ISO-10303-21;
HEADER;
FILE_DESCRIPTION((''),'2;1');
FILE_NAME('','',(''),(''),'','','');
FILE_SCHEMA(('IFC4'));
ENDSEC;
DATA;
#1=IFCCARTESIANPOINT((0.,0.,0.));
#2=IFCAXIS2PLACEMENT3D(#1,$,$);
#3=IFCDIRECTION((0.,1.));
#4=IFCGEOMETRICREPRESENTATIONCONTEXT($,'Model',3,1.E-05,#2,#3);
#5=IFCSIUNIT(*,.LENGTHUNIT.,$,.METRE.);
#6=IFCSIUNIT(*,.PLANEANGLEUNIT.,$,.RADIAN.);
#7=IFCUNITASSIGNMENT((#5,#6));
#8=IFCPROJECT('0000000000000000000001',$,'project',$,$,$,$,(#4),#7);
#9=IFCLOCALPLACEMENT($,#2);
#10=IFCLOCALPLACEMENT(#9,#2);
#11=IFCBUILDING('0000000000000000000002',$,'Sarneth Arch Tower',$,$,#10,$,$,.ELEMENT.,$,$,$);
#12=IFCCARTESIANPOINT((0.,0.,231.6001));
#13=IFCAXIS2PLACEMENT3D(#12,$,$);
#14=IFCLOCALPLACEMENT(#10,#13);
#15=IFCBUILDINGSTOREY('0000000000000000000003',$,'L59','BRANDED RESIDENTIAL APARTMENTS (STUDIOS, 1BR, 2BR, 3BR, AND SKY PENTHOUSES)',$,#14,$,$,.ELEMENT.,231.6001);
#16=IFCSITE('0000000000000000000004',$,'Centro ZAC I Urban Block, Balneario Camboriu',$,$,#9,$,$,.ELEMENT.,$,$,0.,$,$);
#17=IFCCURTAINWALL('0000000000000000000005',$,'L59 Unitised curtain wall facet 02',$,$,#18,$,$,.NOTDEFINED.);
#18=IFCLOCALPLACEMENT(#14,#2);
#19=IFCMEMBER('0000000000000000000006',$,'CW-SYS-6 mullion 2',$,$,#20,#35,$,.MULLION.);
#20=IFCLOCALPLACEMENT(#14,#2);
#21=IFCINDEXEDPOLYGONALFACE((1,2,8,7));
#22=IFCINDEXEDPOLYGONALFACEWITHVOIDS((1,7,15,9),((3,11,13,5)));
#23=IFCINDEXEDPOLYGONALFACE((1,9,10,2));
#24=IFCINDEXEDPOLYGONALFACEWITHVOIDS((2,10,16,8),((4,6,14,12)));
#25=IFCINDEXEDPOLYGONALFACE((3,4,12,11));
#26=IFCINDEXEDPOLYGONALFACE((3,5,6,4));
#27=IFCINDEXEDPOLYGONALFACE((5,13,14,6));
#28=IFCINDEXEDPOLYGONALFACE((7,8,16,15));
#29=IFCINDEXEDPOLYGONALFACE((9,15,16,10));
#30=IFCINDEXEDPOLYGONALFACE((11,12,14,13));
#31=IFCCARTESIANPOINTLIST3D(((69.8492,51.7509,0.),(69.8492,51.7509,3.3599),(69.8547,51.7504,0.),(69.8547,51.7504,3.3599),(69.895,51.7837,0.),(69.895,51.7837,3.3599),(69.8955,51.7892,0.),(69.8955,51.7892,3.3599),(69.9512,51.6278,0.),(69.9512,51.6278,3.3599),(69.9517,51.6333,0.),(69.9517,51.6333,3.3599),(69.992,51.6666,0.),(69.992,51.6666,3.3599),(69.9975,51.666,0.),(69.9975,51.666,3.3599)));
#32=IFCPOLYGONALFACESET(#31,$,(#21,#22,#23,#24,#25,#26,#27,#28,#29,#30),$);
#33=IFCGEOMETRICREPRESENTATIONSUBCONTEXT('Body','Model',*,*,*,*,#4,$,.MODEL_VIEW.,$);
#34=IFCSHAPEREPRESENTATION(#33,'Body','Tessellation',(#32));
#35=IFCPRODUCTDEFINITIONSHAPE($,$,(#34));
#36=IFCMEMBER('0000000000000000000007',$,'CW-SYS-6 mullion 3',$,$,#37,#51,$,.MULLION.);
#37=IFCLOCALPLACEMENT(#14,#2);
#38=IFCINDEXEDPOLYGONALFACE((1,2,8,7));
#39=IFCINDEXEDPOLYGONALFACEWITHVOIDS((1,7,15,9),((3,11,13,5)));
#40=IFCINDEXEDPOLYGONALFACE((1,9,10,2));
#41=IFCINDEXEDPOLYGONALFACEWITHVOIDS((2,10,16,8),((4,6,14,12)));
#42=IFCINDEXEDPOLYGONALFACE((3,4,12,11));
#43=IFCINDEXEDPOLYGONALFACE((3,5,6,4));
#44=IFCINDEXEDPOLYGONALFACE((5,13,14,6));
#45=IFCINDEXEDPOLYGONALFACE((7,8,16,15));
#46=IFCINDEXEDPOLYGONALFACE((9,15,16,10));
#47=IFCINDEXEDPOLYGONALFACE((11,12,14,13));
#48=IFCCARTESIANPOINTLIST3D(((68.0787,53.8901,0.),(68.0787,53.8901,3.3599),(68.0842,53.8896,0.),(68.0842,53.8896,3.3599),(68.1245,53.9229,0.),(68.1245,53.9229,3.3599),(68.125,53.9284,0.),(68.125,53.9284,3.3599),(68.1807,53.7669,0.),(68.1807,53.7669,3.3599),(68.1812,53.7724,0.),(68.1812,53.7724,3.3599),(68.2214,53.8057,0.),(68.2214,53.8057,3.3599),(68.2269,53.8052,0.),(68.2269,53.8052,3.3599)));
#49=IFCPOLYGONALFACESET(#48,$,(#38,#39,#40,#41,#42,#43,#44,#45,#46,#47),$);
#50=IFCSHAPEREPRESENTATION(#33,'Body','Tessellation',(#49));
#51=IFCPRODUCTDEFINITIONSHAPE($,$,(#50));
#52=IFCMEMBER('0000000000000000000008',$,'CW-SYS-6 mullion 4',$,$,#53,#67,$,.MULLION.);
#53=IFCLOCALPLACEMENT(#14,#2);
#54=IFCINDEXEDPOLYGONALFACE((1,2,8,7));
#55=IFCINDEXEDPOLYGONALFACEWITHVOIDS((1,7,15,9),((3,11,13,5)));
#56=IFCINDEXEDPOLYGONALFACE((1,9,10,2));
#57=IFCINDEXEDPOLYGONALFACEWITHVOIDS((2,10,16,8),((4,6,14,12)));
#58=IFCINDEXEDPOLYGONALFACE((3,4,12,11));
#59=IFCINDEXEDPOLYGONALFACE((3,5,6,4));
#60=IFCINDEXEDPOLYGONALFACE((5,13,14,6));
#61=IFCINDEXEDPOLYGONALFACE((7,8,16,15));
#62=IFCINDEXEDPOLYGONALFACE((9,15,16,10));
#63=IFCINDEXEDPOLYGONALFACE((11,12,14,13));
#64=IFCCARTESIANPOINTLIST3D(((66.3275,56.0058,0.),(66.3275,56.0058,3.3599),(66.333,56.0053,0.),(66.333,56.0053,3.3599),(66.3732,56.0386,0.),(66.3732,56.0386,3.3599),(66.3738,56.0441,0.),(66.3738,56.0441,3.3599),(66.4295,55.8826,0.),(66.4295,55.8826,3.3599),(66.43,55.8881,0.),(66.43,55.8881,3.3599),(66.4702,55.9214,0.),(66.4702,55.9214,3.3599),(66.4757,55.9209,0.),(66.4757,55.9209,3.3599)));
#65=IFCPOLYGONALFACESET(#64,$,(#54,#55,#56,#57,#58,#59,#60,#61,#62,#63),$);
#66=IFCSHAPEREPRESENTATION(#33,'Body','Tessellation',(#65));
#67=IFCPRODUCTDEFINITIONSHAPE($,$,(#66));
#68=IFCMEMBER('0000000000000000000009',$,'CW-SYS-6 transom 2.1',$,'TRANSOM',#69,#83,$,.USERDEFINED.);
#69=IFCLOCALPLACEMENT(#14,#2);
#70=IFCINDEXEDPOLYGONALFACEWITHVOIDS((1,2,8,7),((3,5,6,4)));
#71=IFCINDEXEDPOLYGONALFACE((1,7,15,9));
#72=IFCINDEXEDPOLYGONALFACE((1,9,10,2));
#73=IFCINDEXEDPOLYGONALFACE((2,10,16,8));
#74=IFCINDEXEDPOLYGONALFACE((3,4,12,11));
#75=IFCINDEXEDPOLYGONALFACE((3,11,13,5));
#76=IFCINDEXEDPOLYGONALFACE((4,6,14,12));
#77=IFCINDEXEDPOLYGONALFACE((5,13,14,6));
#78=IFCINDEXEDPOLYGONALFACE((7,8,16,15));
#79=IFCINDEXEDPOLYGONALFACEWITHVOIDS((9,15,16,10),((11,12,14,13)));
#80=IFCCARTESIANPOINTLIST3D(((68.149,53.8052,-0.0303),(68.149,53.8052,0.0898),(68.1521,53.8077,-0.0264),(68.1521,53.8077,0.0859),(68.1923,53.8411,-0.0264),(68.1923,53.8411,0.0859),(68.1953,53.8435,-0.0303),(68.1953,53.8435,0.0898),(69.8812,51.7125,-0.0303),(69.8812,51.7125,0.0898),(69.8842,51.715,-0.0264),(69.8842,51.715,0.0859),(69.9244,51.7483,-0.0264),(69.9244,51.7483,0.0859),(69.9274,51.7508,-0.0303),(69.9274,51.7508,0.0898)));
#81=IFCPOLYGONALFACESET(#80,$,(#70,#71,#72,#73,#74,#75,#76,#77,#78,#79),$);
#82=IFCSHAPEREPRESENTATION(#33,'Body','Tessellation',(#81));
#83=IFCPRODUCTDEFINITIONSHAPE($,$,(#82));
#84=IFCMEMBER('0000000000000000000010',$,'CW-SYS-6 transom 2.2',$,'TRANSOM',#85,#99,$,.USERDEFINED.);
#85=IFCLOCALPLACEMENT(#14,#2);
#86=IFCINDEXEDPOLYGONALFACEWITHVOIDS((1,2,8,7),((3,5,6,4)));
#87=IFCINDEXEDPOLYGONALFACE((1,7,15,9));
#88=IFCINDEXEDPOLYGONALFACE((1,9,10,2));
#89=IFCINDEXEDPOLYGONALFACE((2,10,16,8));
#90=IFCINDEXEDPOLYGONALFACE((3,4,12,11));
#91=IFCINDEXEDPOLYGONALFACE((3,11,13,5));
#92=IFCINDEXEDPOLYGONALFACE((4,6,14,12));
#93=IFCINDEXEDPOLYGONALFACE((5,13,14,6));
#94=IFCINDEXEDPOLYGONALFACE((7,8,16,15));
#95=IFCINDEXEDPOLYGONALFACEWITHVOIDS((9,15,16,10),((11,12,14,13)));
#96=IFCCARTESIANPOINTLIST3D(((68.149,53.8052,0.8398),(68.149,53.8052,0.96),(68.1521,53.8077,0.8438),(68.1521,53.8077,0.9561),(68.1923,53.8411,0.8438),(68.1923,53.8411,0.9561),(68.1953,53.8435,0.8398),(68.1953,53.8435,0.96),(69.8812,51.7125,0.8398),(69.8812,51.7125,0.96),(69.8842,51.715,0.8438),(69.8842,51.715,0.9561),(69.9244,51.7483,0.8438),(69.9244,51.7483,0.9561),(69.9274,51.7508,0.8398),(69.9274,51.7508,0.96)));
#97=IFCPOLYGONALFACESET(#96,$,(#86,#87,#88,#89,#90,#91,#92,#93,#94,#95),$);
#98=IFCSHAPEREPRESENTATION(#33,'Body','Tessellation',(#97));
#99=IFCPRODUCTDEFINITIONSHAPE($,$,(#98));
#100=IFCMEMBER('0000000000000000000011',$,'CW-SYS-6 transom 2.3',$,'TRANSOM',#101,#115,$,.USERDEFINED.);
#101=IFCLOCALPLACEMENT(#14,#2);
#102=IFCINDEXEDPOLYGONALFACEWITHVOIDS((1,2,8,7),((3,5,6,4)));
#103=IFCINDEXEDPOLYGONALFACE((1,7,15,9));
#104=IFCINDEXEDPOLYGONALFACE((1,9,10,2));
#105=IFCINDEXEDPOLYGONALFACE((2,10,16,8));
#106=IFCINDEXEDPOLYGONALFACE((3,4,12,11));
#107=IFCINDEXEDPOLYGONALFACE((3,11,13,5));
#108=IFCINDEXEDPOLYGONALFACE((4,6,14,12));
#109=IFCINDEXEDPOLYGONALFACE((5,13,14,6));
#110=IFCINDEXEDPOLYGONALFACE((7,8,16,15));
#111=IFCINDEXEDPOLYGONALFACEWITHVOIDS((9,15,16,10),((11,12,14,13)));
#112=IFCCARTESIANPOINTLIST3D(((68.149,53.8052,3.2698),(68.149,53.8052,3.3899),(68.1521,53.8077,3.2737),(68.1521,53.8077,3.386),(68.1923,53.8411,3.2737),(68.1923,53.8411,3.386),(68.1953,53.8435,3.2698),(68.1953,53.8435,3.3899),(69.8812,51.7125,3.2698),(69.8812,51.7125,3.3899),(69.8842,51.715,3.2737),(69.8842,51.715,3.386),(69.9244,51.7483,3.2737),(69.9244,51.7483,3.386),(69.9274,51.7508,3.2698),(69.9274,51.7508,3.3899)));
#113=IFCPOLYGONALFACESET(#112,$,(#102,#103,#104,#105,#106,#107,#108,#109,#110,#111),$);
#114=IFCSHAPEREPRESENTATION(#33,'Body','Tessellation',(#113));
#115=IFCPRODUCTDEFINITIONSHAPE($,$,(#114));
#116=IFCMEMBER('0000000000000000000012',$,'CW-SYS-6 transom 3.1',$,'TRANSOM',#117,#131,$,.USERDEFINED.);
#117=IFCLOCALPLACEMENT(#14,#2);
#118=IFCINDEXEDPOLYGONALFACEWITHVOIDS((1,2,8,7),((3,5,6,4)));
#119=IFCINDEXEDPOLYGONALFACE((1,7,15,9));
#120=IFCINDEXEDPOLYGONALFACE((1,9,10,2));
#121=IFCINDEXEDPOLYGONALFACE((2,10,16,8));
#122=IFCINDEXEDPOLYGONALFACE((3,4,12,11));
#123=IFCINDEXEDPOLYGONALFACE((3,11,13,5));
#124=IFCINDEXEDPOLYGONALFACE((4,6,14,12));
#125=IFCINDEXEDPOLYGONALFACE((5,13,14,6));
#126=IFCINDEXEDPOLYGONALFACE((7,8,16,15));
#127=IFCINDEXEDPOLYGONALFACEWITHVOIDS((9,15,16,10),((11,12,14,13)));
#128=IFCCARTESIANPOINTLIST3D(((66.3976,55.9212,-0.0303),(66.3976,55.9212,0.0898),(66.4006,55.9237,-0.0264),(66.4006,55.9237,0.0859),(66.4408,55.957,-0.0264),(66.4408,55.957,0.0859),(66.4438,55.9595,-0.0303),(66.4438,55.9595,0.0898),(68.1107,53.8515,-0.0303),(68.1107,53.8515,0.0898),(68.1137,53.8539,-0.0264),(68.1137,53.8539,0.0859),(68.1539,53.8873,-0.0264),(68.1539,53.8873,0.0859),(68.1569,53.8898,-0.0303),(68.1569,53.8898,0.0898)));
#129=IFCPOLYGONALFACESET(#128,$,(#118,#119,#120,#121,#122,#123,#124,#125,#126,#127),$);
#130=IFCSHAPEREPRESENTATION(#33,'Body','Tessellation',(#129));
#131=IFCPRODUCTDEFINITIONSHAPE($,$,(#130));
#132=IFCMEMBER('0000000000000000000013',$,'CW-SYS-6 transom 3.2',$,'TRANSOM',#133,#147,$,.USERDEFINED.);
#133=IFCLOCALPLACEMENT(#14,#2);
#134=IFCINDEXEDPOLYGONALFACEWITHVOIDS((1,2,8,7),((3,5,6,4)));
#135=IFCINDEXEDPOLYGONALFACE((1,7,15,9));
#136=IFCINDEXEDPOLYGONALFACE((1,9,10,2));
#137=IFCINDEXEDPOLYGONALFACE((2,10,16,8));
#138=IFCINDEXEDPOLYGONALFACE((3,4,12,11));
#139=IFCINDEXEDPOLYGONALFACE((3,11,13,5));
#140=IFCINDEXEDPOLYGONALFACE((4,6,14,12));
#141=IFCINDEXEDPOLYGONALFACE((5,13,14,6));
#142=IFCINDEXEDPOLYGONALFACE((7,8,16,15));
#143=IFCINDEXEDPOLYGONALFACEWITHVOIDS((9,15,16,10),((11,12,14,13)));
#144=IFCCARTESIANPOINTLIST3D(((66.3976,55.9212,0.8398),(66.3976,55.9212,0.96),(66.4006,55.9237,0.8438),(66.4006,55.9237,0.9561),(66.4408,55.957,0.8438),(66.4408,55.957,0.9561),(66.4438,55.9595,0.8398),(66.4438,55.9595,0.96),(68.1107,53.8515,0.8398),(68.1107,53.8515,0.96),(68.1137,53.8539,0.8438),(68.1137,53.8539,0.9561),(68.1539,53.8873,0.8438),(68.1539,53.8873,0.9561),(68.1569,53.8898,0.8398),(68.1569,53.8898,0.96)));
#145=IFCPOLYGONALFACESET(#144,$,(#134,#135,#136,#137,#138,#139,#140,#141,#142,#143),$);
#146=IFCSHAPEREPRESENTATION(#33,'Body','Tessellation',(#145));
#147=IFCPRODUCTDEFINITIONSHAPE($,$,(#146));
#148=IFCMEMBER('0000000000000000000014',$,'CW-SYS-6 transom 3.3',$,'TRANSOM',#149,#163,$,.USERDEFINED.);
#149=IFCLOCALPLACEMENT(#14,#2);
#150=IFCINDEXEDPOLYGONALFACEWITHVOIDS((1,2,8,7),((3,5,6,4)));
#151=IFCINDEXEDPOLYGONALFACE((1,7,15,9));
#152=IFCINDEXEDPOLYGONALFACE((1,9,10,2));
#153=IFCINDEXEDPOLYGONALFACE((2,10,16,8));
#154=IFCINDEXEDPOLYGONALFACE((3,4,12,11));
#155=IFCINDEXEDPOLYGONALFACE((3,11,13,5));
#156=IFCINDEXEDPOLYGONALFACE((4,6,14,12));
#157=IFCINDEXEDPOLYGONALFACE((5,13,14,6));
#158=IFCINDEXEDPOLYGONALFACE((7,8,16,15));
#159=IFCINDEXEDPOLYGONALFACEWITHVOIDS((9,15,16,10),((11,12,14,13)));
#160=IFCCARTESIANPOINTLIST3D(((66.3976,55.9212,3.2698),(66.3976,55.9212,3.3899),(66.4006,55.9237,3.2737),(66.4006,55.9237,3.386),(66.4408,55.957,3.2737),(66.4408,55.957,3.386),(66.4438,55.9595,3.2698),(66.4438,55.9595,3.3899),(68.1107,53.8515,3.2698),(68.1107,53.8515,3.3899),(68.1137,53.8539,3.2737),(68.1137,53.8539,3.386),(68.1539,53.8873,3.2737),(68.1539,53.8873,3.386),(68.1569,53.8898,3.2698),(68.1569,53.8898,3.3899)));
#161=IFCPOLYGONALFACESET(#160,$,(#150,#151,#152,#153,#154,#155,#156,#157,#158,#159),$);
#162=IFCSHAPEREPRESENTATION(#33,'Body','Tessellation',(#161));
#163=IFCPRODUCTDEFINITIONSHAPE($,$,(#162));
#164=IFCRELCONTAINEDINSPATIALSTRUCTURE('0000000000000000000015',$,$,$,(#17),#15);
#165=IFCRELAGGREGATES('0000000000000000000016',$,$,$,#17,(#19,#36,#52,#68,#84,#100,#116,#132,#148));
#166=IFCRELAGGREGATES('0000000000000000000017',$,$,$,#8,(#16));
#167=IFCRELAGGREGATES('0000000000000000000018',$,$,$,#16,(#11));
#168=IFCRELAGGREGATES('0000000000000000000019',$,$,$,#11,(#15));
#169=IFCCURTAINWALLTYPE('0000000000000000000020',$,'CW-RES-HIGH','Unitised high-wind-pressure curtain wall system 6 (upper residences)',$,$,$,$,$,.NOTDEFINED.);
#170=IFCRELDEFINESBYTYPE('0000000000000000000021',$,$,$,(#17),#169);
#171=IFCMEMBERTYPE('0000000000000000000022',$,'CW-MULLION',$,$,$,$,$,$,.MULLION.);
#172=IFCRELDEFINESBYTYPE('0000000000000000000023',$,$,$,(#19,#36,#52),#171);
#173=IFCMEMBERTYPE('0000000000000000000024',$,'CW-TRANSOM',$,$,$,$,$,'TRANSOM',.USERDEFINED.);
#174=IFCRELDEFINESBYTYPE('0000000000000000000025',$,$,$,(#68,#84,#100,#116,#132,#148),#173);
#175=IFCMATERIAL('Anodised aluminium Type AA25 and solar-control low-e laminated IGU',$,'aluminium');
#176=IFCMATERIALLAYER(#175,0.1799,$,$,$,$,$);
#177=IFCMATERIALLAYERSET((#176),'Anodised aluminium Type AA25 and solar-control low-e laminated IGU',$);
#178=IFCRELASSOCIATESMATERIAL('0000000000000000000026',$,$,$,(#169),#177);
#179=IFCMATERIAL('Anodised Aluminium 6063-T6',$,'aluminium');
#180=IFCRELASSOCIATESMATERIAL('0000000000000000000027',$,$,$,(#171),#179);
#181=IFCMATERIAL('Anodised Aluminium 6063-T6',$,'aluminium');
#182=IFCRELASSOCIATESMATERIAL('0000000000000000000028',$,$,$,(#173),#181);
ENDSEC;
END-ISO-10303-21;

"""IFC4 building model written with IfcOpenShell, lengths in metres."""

from ifc_helpers import new_model, si_unit, direction, frame, origin, origin_2d, place, context, subcontext, project, spatial, hollow_rectangle, extrude, material, layer, layer_set, material_profile, profile_set, type_object, element, aggregate, save


model = new_model("IFC4")

# Units and contexts
model_context = context("Model", 3, precision=1e-05, world=origin(), true_north=direction((0.0, 1.0)))
body_context = subcontext(model_context, "Body", "Model", "MODEL_VIEW")
ifc_project = project(units=[si_unit("LENGTHUNIT", "METRE"), si_unit("PLANEANGLEUNIT", "RADIAN")], contexts=[model_context])

# Site, building, storey
site_placement = place(None, origin())
site = spatial("IfcSite", under=ifc_project, at=site_placement, Name="Centro ZAC I Urban Block, Balneario Camboriu", CompositionType="ELEMENT", RefElevation=0.0)
building_placement = place(site_placement, origin())
building = spatial("IfcBuilding", under=site, at=building_placement, Name="Sarneth Arch Tower", CompositionType="ELEMENT")
storey_placement = place(building_placement, frame((0.0, 0.0, 231.6001)))
storey = spatial("IfcBuildingStorey", under=building, at=storey_placement, Name="L59", Description="BRANDED RESIDENTIAL APARTMENTS (STUDIOS, 1BR, 2BR, 3BR, AND SKY PENTHOUSES)", CompositionType="ELEMENT", Elevation=231.6001)

# Curtain wall, members
ifc_material_1 = material(Name="Anodised aluminium Type AA25 and solar-control low-e laminated IGU", Category="aluminium")
ifc_layer_1 = layer(ifc_material_1, 0.1799)
ifc_layer_set_1 = layer_set([ifc_layer_1], Name="Anodised aluminium Type AA25 and solar-control low-e laminated IGU")
curtain_wall_type = type_object("IfcCurtainWallType", Name="CW-RES-HIGH", Description="Unitised high-wind-pressure curtain wall system 6 (upper residences)", PredefinedType="NOTDEFINED", material=ifc_layer_set_1)
curtain_wall_placement = place(storey_placement, origin())
curtain_wall = element("IfcCurtainWall", 1, at=curtain_wall_placement, inside=storey, type_object=curtain_wall_type, Name="L59 Unitised curtain wall facet 02", PredefinedType="NOTDEFINED")
ifc_material_2 = material(Name="Anodised Aluminium 6063-T6", Category="aluminium")
ifc_material_profile_1 = material_profile(ifc_material_2, hollow_rectangle(XDim=0.0601, YDim=0.1599, WallThickness=0.0039, at=origin_2d()), Name="AL-MULL-160x60x4")
ifc_profile_set_1 = profile_set([ifc_material_profile_1], Name="Anodised Aluminium 6063-T6")
member_type_1 = type_object("IfcMemberType", Name="CW-MULLION", PredefinedType="MULLION", material=ifc_profile_set_1)
member_1_placement = place(storey_placement, frame((69.9233, 51.7085, 0.0), z_axis=(0.0, 0.0, 1.0), x_axis=(-0.770359, -0.63761, 0.0)))
member_1 = element("IfcMember", 2, at=member_1_placement, type_object=member_type_1, Name="CW-SYS-6 mullion 2", PredefinedType="MULLION", context=body_context, shape_type="SweptSolid", body=[
    extrude(hollow_rectangle(XDim=0.0601, YDim=0.1599, WallThickness=0.0039, at=origin_2d()), origin(), (0.0, 0.0, 1.0), 3.3599),
])
member_2_placement = place(storey_placement, frame((68.1528, 53.8477, 0.0), z_axis=(0.0, 0.0, 1.0), x_axis=(-0.770359, -0.63761, 0.0)))
member_2 = element("IfcMember", 3, at=member_2_placement, type_object=member_type_1, Name="CW-SYS-6 mullion 3", PredefinedType="MULLION", context=body_context, shape_type="SweptSolid", body=[
    extrude(hollow_rectangle(XDim=0.0601, YDim=0.1599, WallThickness=0.0039, at=origin_2d()), origin(), (0.0, 0.0, 1.0), 3.3599),
])
member_3_placement = place(storey_placement, frame((66.4016, 55.9634, 0.0), z_axis=(0.0, 0.0, 1.0), x_axis=(-0.770359, -0.63761, 0.0)))
member_3 = element("IfcMember", 4, at=member_3_placement, type_object=member_type_1, Name="CW-SYS-6 mullion 4", PredefinedType="MULLION", context=body_context, shape_type="SweptSolid", body=[
    extrude(hollow_rectangle(XDim=0.0601, YDim=0.1599, WallThickness=0.0039, at=origin_2d()), origin(), (0.0, 0.0, 1.0), 3.3599),
])
ifc_material_3 = material(Name="Anodised Aluminium 6063-T6", Category="aluminium")
ifc_material_profile_2 = material_profile(ifc_material_3, hollow_rectangle(XDim=0.0601, YDim=0.1201, WallThickness=0.0039, at=origin_2d()), Name="AL-TRAN-120x60x4")
ifc_profile_set_2 = profile_set([ifc_material_profile_2], Name="Anodised Aluminium 6063-T6")
member_type_2 = type_object("IfcMemberType", Name="CW-TRANSOM", ElementType="TRANSOM", PredefinedType="USERDEFINED", material=ifc_profile_set_2)
member_4_placement = place(storey_placement, frame((69.9043, 51.7317, 0.0298), z_axis=(-0.637617, 0.770353, 0.0), x_axis=(-0.770353, -0.637617, 0.0)))
member_4 = element("IfcMember", 5, at=member_4_placement, type_object=member_type_2, Name="CW-SYS-6 transom 2.1", ObjectType="TRANSOM", PredefinedType="USERDEFINED", context=body_context, shape_type="SweptSolid", body=[
    extrude(hollow_rectangle(XDim=0.0601, YDim=0.1201, WallThickness=0.0039, at=origin_2d()), origin(), (0.0, 0.0, 1.0), 2.7166),
])
member_5_placement = place(storey_placement, frame((69.9043, 51.7317, 0.8999), z_axis=(-0.637617, 0.770353, 0.0), x_axis=(-0.770353, -0.637617, 0.0)))
member_5 = element("IfcMember", 6, at=member_5_placement, type_object=member_type_2, Name="CW-SYS-6 transom 2.2", ObjectType="TRANSOM", PredefinedType="USERDEFINED", context=body_context, shape_type="SweptSolid", body=[
    extrude(hollow_rectangle(XDim=0.0601, YDim=0.1201, WallThickness=0.0039, at=origin_2d()), origin(), (0.0, 0.0, 1.0), 2.7166),
])
member_6_placement = place(storey_placement, frame((69.9043, 51.7317, 3.3298), z_axis=(-0.637617, 0.770353, 0.0), x_axis=(-0.770353, -0.637617, 0.0)))
member_6 = element("IfcMember", 7, at=member_6_placement, type_object=member_type_2, Name="CW-SYS-6 transom 2.3", ObjectType="TRANSOM", PredefinedType="USERDEFINED", context=body_context, shape_type="SweptSolid", body=[
    extrude(hollow_rectangle(XDim=0.0601, YDim=0.1201, WallThickness=0.0039, at=origin_2d()), origin(), (0.0, 0.0, 1.0), 2.7166),
])
member_7_placement = place(storey_placement, frame((68.1338, 53.8706, 0.0298), z_axis=(-0.637607, 0.770362, 0.0), x_axis=(-0.770362, -0.637607, 0.0)))
member_7 = element("IfcMember", 8, at=member_7_placement, type_object=member_type_2, Name="CW-SYS-6 transom 3.1", ObjectType="TRANSOM", PredefinedType="USERDEFINED", context=body_context, shape_type="SweptSolid", body=[
    extrude(hollow_rectangle(XDim=0.0601, YDim=0.1201, WallThickness=0.0039, at=origin_2d()), origin(), (0.0, 0.0, 1.0), 2.6868),
])
member_8_placement = place(storey_placement, frame((68.1338, 53.8706, 0.8999), z_axis=(-0.637607, 0.770362, 0.0), x_axis=(-0.770362, -0.637607, 0.0)))
member_8 = element("IfcMember", 9, at=member_8_placement, type_object=member_type_2, Name="CW-SYS-6 transom 3.2", ObjectType="TRANSOM", PredefinedType="USERDEFINED", context=body_context, shape_type="SweptSolid", body=[
    extrude(hollow_rectangle(XDim=0.0601, YDim=0.1201, WallThickness=0.0039, at=origin_2d()), origin(), (0.0, 0.0, 1.0), 2.6868),
])
member_9_placement = place(storey_placement, frame((68.1338, 53.8706, 3.3298), z_axis=(-0.637607, 0.770362, 0.0), x_axis=(-0.770362, -0.637607, 0.0)))
member_9 = element("IfcMember", 10, at=member_9_placement, type_object=member_type_2, Name="CW-SYS-6 transom 3.3", ObjectType="TRANSOM", PredefinedType="USERDEFINED", context=body_context, shape_type="SweptSolid", body=[
    extrude(hollow_rectangle(XDim=0.0601, YDim=0.1201, WallThickness=0.0039, at=origin_2d()), origin(), (0.0, 0.0, 1.0), 2.6868),
])

aggregate(curtain_wall, [member_1, member_2, member_3, member_4, member_5, member_6, member_7, member_8, member_9])

save(model, "model.ifc")
